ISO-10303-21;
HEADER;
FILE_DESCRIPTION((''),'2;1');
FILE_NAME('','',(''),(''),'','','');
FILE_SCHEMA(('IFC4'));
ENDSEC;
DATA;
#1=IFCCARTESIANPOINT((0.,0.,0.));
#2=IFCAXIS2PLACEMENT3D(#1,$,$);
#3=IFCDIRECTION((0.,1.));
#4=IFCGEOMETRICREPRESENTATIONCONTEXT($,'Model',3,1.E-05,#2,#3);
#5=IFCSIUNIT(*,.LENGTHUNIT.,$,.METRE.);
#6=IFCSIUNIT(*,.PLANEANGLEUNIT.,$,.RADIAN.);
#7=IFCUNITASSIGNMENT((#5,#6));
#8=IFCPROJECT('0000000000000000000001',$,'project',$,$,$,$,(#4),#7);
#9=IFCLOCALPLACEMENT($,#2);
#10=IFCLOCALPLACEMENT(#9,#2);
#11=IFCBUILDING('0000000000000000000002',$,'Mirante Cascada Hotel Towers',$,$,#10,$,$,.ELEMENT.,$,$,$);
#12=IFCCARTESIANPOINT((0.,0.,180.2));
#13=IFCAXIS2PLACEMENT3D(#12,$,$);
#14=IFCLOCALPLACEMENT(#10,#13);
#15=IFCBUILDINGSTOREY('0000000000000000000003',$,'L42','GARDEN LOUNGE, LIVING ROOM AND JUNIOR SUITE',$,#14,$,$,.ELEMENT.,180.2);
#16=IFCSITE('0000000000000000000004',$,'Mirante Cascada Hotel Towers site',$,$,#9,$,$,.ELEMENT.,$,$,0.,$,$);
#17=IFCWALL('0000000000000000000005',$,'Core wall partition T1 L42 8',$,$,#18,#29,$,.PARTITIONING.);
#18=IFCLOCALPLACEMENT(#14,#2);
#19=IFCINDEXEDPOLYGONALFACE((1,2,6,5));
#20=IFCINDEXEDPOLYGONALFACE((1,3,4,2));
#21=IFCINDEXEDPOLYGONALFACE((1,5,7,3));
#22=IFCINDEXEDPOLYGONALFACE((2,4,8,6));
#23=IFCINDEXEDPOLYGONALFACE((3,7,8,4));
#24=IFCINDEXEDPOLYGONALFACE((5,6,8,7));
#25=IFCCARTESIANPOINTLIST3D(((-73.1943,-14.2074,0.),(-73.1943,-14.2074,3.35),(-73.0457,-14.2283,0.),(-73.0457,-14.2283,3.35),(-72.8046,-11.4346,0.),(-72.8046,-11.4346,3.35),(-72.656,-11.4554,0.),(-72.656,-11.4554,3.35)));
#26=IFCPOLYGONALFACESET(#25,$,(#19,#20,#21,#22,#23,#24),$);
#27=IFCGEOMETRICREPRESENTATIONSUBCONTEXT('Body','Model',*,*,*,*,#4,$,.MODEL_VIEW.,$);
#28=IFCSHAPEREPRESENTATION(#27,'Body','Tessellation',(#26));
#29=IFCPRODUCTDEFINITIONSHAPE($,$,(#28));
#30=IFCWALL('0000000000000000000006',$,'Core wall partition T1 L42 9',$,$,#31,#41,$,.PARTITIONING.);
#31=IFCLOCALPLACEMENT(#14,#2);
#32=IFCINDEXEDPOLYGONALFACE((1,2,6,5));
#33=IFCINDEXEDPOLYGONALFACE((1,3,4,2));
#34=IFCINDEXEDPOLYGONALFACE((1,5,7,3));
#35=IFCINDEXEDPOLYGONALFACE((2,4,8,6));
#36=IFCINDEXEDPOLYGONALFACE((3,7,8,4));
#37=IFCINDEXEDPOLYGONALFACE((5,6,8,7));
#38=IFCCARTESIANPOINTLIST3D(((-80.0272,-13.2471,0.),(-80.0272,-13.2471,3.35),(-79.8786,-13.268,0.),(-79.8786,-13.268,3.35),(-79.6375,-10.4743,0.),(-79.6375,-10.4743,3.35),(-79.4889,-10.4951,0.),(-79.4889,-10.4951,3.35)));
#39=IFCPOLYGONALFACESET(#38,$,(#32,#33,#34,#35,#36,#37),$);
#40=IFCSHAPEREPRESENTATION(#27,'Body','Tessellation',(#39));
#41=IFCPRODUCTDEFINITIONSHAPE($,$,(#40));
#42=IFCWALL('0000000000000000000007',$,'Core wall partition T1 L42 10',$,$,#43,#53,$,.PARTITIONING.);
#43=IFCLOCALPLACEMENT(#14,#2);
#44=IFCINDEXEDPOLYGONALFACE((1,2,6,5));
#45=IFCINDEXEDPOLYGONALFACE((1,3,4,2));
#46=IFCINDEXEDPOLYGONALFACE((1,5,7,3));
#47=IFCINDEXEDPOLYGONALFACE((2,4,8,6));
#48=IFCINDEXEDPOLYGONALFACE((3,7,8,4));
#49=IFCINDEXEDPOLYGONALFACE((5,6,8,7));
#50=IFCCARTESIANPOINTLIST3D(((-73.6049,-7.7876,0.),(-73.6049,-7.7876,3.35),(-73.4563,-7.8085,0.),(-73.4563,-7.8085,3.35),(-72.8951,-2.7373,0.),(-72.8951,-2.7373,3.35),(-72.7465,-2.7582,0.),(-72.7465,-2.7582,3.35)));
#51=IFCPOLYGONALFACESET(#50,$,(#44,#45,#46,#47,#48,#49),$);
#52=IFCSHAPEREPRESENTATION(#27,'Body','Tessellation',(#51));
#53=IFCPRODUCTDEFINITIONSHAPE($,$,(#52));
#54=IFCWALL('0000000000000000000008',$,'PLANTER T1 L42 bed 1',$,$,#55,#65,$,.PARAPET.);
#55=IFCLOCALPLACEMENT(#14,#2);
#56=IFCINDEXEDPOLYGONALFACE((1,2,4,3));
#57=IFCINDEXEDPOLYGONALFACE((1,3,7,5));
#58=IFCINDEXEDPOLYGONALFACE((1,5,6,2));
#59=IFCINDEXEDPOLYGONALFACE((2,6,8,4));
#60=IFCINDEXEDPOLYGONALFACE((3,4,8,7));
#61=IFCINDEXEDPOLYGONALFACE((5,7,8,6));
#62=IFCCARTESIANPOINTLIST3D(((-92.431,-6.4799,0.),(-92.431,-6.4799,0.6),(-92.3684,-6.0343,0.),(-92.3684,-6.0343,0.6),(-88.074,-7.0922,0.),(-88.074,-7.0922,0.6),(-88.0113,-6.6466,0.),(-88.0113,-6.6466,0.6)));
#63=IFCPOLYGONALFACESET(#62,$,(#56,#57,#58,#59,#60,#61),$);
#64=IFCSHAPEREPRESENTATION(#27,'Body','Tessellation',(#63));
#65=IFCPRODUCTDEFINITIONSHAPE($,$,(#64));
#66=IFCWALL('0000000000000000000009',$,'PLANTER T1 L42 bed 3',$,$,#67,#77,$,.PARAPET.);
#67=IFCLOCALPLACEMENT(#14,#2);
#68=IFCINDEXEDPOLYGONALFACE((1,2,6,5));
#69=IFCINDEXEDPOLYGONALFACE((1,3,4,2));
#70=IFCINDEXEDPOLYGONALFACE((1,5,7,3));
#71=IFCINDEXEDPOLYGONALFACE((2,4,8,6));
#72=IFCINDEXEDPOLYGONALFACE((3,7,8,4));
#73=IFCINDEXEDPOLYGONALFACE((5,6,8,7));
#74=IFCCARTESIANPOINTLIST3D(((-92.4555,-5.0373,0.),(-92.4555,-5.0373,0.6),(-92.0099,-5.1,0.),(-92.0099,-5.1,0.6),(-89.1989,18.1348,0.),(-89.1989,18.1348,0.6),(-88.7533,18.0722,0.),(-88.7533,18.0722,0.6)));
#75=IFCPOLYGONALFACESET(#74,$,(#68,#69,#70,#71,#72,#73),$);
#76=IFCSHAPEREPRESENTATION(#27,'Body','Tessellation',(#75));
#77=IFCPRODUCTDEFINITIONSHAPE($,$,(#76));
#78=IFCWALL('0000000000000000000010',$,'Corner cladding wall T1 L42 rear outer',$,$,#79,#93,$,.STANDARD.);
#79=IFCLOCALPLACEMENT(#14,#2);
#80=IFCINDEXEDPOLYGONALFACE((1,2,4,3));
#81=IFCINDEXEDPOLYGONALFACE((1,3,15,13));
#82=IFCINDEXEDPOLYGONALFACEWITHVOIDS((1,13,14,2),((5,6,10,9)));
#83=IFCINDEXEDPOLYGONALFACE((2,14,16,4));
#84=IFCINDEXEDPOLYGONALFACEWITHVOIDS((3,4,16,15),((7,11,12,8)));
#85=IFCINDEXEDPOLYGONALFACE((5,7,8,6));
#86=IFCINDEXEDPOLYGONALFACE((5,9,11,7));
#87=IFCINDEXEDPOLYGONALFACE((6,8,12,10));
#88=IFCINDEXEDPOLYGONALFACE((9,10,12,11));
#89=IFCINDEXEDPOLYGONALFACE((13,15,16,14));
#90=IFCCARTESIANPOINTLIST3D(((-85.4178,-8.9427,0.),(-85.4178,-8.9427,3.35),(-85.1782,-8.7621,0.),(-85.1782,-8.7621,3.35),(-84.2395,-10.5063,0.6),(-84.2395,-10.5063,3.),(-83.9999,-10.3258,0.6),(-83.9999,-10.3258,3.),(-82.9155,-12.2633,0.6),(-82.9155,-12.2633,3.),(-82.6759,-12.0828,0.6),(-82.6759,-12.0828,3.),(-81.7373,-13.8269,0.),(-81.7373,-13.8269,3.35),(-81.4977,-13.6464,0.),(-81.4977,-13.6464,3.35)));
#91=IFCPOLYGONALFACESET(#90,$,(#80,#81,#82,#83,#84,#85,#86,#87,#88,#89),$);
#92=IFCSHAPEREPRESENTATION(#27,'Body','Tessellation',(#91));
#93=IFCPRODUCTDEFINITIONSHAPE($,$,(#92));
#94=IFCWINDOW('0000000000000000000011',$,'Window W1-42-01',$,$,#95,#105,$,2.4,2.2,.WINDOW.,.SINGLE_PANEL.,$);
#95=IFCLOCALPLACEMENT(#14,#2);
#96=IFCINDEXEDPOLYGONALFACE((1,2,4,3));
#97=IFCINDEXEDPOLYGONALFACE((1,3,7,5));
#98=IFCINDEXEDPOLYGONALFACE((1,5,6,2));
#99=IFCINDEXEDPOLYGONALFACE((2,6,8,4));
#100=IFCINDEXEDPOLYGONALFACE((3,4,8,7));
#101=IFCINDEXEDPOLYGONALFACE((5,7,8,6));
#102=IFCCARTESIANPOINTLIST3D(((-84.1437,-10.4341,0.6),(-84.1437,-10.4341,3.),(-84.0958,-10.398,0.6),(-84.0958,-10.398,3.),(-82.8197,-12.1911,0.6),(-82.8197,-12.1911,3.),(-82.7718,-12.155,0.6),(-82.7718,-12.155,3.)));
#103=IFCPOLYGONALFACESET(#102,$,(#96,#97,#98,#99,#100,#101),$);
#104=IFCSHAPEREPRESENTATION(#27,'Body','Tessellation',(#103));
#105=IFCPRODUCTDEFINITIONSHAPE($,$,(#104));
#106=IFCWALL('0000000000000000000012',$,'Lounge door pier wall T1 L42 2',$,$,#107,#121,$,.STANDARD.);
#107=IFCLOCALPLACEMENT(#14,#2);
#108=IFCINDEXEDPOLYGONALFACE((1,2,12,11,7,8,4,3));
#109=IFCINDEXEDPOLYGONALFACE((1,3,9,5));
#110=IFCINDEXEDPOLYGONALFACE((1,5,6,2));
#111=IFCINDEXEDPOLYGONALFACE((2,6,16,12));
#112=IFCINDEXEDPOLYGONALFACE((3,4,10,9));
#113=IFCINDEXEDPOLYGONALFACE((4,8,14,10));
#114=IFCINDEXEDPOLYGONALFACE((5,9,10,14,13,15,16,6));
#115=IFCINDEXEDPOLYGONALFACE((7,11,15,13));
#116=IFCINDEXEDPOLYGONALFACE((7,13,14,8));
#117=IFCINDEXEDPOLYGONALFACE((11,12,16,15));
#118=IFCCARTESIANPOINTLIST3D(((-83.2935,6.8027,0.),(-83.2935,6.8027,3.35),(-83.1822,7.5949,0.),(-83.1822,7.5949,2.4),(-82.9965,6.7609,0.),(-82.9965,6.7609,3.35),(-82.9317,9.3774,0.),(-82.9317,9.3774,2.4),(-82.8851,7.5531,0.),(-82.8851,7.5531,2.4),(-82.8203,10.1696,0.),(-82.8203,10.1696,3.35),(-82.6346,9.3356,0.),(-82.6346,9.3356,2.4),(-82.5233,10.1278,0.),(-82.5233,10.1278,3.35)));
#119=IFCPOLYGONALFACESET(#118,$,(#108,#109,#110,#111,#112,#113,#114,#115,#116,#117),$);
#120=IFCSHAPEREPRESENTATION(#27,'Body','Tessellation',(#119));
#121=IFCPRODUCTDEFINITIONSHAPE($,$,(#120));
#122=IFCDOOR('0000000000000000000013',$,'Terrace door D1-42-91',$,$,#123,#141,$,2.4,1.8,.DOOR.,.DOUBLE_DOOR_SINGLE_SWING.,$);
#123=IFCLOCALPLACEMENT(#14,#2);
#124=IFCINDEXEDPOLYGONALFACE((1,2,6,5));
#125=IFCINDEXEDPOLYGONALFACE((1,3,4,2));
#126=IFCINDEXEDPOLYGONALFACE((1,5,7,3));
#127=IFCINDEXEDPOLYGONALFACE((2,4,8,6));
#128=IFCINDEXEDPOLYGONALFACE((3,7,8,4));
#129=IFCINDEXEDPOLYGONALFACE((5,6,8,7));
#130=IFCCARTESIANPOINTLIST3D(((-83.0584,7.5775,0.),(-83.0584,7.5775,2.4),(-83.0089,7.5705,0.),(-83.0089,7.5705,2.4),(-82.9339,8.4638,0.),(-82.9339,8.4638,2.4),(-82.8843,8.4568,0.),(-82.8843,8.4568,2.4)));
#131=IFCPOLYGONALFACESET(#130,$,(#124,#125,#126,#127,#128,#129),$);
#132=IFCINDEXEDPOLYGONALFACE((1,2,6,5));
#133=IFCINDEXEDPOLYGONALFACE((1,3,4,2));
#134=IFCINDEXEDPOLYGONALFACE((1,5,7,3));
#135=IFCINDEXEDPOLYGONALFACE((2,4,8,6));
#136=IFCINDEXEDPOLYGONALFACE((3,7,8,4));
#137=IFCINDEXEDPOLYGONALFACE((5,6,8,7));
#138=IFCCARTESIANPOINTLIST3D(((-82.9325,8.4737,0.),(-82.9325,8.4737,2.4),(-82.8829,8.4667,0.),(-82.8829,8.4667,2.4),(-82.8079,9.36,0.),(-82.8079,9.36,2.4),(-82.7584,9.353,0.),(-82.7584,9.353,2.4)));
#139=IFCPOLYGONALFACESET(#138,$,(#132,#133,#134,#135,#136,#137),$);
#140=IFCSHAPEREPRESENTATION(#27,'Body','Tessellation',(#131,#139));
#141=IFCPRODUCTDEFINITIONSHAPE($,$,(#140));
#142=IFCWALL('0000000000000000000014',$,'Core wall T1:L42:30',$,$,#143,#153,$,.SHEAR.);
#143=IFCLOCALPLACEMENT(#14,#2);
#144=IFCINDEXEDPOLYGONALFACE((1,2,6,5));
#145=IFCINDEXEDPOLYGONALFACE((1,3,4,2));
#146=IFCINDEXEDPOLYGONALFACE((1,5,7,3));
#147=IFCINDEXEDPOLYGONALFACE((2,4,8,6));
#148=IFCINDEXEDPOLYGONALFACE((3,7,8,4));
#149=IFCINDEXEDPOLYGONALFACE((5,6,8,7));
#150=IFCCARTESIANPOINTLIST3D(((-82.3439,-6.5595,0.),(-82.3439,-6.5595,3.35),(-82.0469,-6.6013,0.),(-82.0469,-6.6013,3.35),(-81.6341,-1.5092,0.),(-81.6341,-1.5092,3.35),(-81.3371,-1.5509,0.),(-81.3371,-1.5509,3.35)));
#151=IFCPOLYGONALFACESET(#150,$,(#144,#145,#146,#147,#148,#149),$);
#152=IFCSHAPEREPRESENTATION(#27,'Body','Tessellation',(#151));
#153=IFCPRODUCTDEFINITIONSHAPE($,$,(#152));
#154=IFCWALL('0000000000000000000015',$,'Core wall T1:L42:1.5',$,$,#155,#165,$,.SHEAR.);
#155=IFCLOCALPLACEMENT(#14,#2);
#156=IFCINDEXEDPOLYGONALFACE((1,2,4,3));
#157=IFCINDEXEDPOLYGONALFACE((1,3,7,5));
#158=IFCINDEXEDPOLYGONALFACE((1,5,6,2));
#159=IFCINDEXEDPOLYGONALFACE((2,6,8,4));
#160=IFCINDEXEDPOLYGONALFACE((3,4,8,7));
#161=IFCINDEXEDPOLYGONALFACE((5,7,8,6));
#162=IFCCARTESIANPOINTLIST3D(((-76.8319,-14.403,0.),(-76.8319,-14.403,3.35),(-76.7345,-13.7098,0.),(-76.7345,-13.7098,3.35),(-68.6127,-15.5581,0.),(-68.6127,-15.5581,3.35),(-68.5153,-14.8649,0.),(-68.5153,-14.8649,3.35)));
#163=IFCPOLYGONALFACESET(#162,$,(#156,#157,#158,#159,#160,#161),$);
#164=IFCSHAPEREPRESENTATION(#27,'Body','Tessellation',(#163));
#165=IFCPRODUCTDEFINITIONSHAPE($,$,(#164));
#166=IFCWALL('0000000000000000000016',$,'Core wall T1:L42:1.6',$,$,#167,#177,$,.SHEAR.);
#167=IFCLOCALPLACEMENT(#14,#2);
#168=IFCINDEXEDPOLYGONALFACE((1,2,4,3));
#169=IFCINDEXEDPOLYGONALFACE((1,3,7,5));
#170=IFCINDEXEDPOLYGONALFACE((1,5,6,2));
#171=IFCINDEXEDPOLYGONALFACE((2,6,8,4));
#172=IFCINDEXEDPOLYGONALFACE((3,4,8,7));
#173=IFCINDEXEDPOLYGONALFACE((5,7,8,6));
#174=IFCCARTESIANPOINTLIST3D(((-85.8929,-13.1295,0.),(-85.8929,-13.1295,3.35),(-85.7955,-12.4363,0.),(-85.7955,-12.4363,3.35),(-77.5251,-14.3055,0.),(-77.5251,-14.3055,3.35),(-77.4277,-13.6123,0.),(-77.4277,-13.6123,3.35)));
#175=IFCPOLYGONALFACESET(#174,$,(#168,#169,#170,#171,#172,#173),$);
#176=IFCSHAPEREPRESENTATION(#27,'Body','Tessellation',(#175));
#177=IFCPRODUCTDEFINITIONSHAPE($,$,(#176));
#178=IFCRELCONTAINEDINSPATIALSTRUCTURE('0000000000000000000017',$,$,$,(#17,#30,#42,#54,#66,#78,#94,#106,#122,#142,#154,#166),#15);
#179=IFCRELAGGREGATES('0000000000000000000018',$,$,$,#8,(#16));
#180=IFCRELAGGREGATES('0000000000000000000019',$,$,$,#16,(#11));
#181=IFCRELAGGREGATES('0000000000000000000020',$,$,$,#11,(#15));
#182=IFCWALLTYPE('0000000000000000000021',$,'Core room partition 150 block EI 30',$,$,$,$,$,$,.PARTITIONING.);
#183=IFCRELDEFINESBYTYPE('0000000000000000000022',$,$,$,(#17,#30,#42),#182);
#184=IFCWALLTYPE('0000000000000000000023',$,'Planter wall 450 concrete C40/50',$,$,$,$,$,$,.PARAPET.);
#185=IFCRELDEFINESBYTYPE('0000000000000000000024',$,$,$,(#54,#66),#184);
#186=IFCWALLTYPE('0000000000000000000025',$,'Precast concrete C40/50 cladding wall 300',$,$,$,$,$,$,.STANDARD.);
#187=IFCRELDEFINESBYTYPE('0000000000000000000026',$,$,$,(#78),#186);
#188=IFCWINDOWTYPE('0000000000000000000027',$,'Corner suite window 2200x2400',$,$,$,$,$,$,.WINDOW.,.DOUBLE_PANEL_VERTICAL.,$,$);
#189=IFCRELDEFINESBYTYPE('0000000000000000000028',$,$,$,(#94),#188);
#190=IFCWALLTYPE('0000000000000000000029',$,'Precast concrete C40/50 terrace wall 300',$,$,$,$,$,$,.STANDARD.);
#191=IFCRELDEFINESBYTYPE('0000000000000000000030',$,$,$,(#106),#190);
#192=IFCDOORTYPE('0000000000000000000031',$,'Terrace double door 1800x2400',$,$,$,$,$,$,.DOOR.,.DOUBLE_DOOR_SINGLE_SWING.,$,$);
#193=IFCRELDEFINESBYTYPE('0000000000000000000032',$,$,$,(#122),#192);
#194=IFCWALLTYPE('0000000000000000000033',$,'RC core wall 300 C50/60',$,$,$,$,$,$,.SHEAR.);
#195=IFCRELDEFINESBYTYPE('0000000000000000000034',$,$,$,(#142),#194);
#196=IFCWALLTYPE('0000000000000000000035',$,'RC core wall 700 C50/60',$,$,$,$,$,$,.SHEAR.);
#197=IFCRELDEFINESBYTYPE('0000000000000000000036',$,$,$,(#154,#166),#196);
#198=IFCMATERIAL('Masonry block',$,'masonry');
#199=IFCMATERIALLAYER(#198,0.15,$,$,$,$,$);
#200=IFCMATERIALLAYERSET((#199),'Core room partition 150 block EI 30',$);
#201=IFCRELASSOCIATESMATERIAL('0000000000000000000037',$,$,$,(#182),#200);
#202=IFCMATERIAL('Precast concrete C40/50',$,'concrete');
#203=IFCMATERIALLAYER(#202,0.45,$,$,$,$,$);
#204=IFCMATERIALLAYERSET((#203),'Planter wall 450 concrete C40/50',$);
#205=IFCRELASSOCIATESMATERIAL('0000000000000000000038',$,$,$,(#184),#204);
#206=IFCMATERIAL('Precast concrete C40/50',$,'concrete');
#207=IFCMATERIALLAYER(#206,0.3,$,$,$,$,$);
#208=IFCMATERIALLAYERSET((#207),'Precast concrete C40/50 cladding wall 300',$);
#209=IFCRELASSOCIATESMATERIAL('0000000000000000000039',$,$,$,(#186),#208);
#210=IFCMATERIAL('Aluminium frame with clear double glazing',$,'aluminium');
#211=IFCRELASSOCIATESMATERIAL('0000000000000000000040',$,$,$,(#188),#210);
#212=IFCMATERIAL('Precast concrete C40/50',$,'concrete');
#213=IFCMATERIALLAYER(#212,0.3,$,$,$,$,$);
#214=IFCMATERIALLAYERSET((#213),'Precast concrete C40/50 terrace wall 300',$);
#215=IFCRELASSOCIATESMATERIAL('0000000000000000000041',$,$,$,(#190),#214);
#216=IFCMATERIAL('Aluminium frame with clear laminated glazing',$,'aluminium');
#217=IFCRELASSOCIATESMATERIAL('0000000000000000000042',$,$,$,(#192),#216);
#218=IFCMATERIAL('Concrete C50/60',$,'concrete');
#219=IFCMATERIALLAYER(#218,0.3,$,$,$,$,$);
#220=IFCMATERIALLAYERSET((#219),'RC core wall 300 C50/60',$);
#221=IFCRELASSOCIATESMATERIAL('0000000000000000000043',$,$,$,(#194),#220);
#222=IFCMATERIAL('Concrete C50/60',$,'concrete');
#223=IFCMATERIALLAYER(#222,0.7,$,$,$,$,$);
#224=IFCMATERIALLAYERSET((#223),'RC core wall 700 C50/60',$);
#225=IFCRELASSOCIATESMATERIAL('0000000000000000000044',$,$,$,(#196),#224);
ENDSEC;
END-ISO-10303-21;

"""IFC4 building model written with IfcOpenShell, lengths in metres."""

from ifc_helpers import new_model, si_unit, direction, frame, frame_2d, origin, place, context, subcontext, project, spatial, rectangle, extrude, material, layer, layer_set, type_object, element, fill, save


model = new_model("IFC4")

# Units and contexts
model_context = context("Model", 3, precision=1e-05, world=origin(), true_north=direction((0.0, 1.0)))
body_context = subcontext(model_context, "Body", "Model", "MODEL_VIEW")
ifc_project = project(units=[si_unit("LENGTHUNIT", "METRE"), si_unit("PLANEANGLEUNIT", "RADIAN")], contexts=[model_context])

# Site, building, storey
site_placement = place(None, origin())
site = spatial("IfcSite", under=ifc_project, at=site_placement, Name="Mirante Cascada Hotel Towers site", CompositionType="ELEMENT", RefElevation=0.0)
building_placement = place(site_placement, origin())
building = spatial("IfcBuilding", under=site, at=building_placement, Name="Mirante Cascada Hotel Towers", CompositionType="ELEMENT")
storey_placement = place(building_placement, frame((0.0, 0.0, 180.2)))
storey = spatial("IfcBuildingStorey", under=building, at=storey_placement, Name="L42", Description="GARDEN LOUNGE, LIVING ROOM AND JUNIOR SUITE", CompositionType="ELEMENT", Elevation=180.2)

# Walls
ifc_material_1 = material(Name="Masonry block", Category="masonry")
ifc_layer_1 = layer(ifc_material_1, 0.15)
ifc_layer_set_1 = layer_set([ifc_layer_1], Name="Core room partition 150 block EI 30")
wall_type_1 = type_object("IfcWallType", Name="Core room partition 150 block EI 30", PredefinedType="PARTITIONING", material=ifc_layer_set_1)
for number, where, z_axis, x_axis, name in (
    (1, (-73.12, -14.2178, 0.0), (0.0, 0.0, 1.0), (0.139176, 0.990268, 0.0), "Core wall partition T1 L42 8"),
    (2, (-79.9529, -13.2575, 0.0), (0.0, 0.0, 1.0), (0.139176, 0.990268, 0.0), "Core wall partition T1 L42 9"),
):
    element("IfcWall", number, at=place(storey_placement, frame(where, z_axis=z_axis, x_axis=x_axis)), inside=storey, type_object=wall_type_1, Name=name, PredefinedType="PARTITIONING", context=body_context, shape_type="SweptSolid", body=[
        extrude(rectangle(XDim=2.8001, YDim=0.15, at=frame_2d((1.4, 0.0))), origin(), (0.0, 0.0, 1.0), 3.35),
    ])
wall_1_placement = place(storey_placement, frame((-73.5306, -7.7981, 0.0), z_axis=(0.0, 0.0, 1.0), x_axis=(0.139178, 0.990267, 0.0)))
element("IfcWall", 3, at=wall_1_placement, inside=storey, type_object=wall_type_1, Name="Core wall partition T1 L42 10", PredefinedType="PARTITIONING", context=body_context, shape_type="SweptSolid", body=[
    extrude(rectangle(XDim=5.0999, YDim=0.15, at=frame_2d((2.55, 0.0))), origin(), (0.0, 0.0, 1.0), 3.35),
])
ifc_material_2 = material(Name="Precast concrete C40/50", Category="concrete")
ifc_layer_2 = layer(ifc_material_2, 0.45)
ifc_layer_set_2 = layer_set([ifc_layer_2], Name="Planter wall 450 concrete C40/50")
wall_type_2 = type_object("IfcWallType", Name="Planter wall 450 concrete C40/50", PredefinedType="PARAPET", material=ifc_layer_set_2)
wall_2_placement = place(storey_placement, frame((-88.0426, -6.8694, 0.0), z_axis=(0.0, 0.0, 1.0), x_axis=(-0.99027, 0.139162, 0.0)))
element("IfcWall", 4, at=wall_2_placement, inside=storey, type_object=wall_type_2, Name="PLANTER T1 L42 bed 1", PredefinedType="PARAPET", context=body_context, shape_type="SweptSolid", body=[
    extrude(rectangle(XDim=4.3999, YDim=0.45, at=frame_2d((2.2, 0.0))), origin(), (0.0, 0.0, 1.0), 0.6),
])
wall_3_placement = place(storey_placement, frame((-92.2327, -5.0687, 0.0), z_axis=(0.0, 0.0, 1.0), x_axis=(0.139171, 0.990268, 0.0)))
element("IfcWall", 5, at=wall_3_placement, inside=storey, type_object=wall_type_2, Name="PLANTER T1 L42 bed 3", PredefinedType="PARAPET", context=body_context, shape_type="SweptSolid", body=[
    extrude(rectangle(XDim=23.3999, YDim=0.45, at=frame_2d((11.7, 0.0))), origin(), (0.0, 0.0, 1.0), 0.6),
])

# Wall, opening, window
ifc_material_3 = material(Name="Precast concrete C40/50", Category="concrete")
ifc_layer_3 = layer(ifc_material_3, 0.3)
ifc_layer_set_3 = layer_set([ifc_layer_3], Name="Precast concrete C40/50 cladding wall 300")
wall_type_3 = type_object("IfcWallType", Name="Precast concrete C40/50 cladding wall 300", PredefinedType="STANDARD", material=ifc_layer_set_3)
wall_4_placement = place(storey_placement, frame((-81.6175, -13.7366, 0.0), z_axis=(0.0, 0.0, 1.0), x_axis=(-0.601814, 0.798636, 0.0)))
wall_4 = element("IfcWall", 6, at=wall_4_placement, inside=storey, type_object=wall_type_3, Name="Corner cladding wall T1 L42 rear outer", PredefinedType="STANDARD", context=body_context, shape_type="SweptSolid", body=[
    extrude(rectangle(XDim=6.1157, YDim=0.3, at=frame_2d((3.0578, 0.0))), origin(), (0.0, 0.0, 1.0), 3.35),
])
opening_1_placement = place(wall_4_placement, frame((1.9578, 0.0, 0.6)))
opening_1 = element("IfcOpeningElement", 7, at=opening_1_placement, cuts=wall_4, PredefinedType="OPENING", context=body_context, shape_type="SweptSolid", body=[
    extrude(rectangle(XDim=2.2, YDim=2.4, at=frame_2d((1.1, 1.2))), frame((0.0, 0.15, 0.0), z_axis=(0.0, -1.0, 0.0), x_axis=(1.0, 0.0, 0.0)), (0.0, 0.0, 1.0), 0.3),
])
ifc_material_4 = material(Name="Aluminium frame with clear double glazing", Category="aluminium")
window_type = type_object("IfcWindowType", Name="Corner suite window 2200x2400", PartitioningType="DOUBLE_PANEL_VERTICAL", PredefinedType="WINDOW", material=ifc_material_4)
window_placement = place(opening_1_placement, origin())
window = element("IfcWindow", 8, at=window_placement, inside=storey, type_object=window_type, Name="Window W1-42-01", OverallHeight=2.4, OverallWidth=2.2, PartitioningType="SINGLE_PANEL", PredefinedType="WINDOW", context=body_context, shape_type="SweptSolid", body=[
    extrude(rectangle(XDim=2.2, YDim=2.4, at=frame_2d((1.1, 1.2))), frame((0.0, 0.03, 0.0), z_axis=(0.0, -1.0, 0.0), x_axis=(1.0, 0.0, 0.0)), (0.0, 0.0, 1.0), 0.06),
])
fill(opening_1, window)

# Wall, opening, door
ifc_material_5 = material(Name="Precast concrete C40/50", Category="concrete")
ifc_layer_4 = layer(ifc_material_5, 0.3)
ifc_layer_set_4 = layer_set([ifc_layer_4], Name="Precast concrete C40/50 terrace wall 300")
wall_type_4 = type_object("IfcWallType", Name="Precast concrete C40/50 terrace wall 300", PredefinedType="STANDARD", material=ifc_layer_set_4)
wall_5_placement = place(storey_placement, frame((-83.145, 6.7818, 0.0), z_axis=(0.0, 0.0, 1.0), x_axis=(0.139177, 0.990267, 0.0)))
wall_5 = element("IfcWall", 9, at=wall_5_placement, inside=storey, type_object=wall_type_4, Name="Lounge door pier wall T1 L42 2", PredefinedType="STANDARD", context=body_context, shape_type="SweptSolid", body=[
    extrude(rectangle(XDim=3.4, YDim=0.3, at=frame_2d((1.7, 0.0))), origin(), (0.0, 0.0, 1.0), 3.35),
])
opening_2_placement = place(wall_5_placement, frame((0.8, 0.0, 0.0)))
opening_2 = element("IfcOpeningElement", 10, at=opening_2_placement, cuts=wall_5, PredefinedType="OPENING", context=body_context, shape_type="SweptSolid", body=[
    extrude(rectangle(XDim=1.8, YDim=2.4, at=frame_2d((0.9, 1.2))), frame((0.0, 0.15, 0.0), z_axis=(0.0, -1.0, 0.0), x_axis=(1.0, 0.0, 0.0)), (0.0, 0.0, 1.0), 0.3),
])
ifc_material_6 = material(Name="Aluminium frame with clear laminated glazing", Category="aluminium")
door_type = type_object("IfcDoorType", Name="Terrace double door 1800x2400", OperationType="DOUBLE_DOOR_SINGLE_SWING", PredefinedType="DOOR", material=ifc_material_6)
door_placement = place(opening_2_placement, origin())
door = element("IfcDoor", 11, at=door_placement, inside=storey, type_object=door_type, Name="Terrace door D1-42-91", OperationType="DOUBLE_DOOR_SINGLE_SWING", OverallHeight=2.4, OverallWidth=1.8, PredefinedType="DOOR", context=body_context, shape_type="SweptSolid", body=[
    extrude(rectangle(XDim=0.895, YDim=2.4, at=frame_2d((0.4475, 1.2))), frame((0.0, 0.025, 0.0), z_axis=(0.0, -1.0, 0.0), x_axis=(1.0, 0.0, 0.0)), (0.0, 0.0, 1.0), 0.05),
    extrude(rectangle(XDim=0.895, YDim=2.4, at=frame_2d((1.3525, 1.2))), frame((0.0, 0.025, 0.0), z_axis=(0.0, -1.0, 0.0), x_axis=(1.0, 0.0, 0.0)), (0.0, 0.0, 1.0), 0.05),
])
fill(opening_2, door)

# Walls
ifc_material_7 = material(Name="Concrete C50/60", Category="concrete")
ifc_layer_5 = layer(ifc_material_7, 0.3)
ifc_layer_set_5 = layer_set([ifc_layer_5], Name="RC core wall 300 C50/60")
wall_type_5 = type_object("IfcWallType", Name="RC core wall 300 C50/60", PredefinedType="SHEAR", material=ifc_layer_set_5)
wall_6_placement = place(storey_placement, frame((-82.1954, -6.5804, 0.0), z_axis=(0.0, 0.0, 1.0), x_axis=(0.139176, 0.990268, 0.0)))
element("IfcWall", 12, at=wall_6_placement, inside=storey, type_object=wall_type_5, Name="Core wall T1:L42:30", PredefinedType="SHEAR", context=body_context, shape_type="SweptSolid", body=[
    extrude(rectangle(XDim=5.1, YDim=0.3, at=frame_2d((2.55, 0.0))), origin(), (0.0, 0.0, 1.0), 3.35),
])
ifc_material_8 = material(Name="Concrete C50/60", Category="concrete")
ifc_layer_6 = layer(ifc_material_8, 0.7)
ifc_layer_set_6 = layer_set([ifc_layer_6], Name="RC core wall 700 C50/60")
wall_type_6 = type_object("IfcWallType", Name="RC core wall 700 C50/60", PredefinedType="SHEAR", material=ifc_layer_set_6)
wall_7_placement = place(storey_placement, frame((-68.564, -15.2115, 0.0), z_axis=(0.0, 0.0, 1.0), x_axis=(-0.990269, 0.139169, 0.0)))
element("IfcWall", 13, at=wall_7_placement, inside=storey, type_object=wall_type_6, Name="Core wall T1:L42:1.5", PredefinedType="SHEAR", context=body_context, shape_type="SweptSolid", body=[
    extrude(rectangle(XDim=8.3, YDim=0.7, at=frame_2d((4.15, 0.0))), origin(), (0.0, 0.0, 1.0), 3.35),
])
wall_8_placement = place(storey_placement, frame((-77.4764, -13.9589, 0.0), z_axis=(0.0, 0.0, 1.0), x_axis=(-0.990268, 0.139171, 0.0)))
element("IfcWall", 14, at=wall_8_placement, inside=storey, type_object=wall_type_6, Name="Core wall T1:L42:1.6", PredefinedType="SHEAR", context=body_context, shape_type="SweptSolid", body=[
    extrude(rectangle(XDim=8.45, YDim=0.7, at=frame_2d((4.225, 0.0))), origin(), (0.0, 0.0, 1.0), 3.35),
])

save(model, "model.ifc")
